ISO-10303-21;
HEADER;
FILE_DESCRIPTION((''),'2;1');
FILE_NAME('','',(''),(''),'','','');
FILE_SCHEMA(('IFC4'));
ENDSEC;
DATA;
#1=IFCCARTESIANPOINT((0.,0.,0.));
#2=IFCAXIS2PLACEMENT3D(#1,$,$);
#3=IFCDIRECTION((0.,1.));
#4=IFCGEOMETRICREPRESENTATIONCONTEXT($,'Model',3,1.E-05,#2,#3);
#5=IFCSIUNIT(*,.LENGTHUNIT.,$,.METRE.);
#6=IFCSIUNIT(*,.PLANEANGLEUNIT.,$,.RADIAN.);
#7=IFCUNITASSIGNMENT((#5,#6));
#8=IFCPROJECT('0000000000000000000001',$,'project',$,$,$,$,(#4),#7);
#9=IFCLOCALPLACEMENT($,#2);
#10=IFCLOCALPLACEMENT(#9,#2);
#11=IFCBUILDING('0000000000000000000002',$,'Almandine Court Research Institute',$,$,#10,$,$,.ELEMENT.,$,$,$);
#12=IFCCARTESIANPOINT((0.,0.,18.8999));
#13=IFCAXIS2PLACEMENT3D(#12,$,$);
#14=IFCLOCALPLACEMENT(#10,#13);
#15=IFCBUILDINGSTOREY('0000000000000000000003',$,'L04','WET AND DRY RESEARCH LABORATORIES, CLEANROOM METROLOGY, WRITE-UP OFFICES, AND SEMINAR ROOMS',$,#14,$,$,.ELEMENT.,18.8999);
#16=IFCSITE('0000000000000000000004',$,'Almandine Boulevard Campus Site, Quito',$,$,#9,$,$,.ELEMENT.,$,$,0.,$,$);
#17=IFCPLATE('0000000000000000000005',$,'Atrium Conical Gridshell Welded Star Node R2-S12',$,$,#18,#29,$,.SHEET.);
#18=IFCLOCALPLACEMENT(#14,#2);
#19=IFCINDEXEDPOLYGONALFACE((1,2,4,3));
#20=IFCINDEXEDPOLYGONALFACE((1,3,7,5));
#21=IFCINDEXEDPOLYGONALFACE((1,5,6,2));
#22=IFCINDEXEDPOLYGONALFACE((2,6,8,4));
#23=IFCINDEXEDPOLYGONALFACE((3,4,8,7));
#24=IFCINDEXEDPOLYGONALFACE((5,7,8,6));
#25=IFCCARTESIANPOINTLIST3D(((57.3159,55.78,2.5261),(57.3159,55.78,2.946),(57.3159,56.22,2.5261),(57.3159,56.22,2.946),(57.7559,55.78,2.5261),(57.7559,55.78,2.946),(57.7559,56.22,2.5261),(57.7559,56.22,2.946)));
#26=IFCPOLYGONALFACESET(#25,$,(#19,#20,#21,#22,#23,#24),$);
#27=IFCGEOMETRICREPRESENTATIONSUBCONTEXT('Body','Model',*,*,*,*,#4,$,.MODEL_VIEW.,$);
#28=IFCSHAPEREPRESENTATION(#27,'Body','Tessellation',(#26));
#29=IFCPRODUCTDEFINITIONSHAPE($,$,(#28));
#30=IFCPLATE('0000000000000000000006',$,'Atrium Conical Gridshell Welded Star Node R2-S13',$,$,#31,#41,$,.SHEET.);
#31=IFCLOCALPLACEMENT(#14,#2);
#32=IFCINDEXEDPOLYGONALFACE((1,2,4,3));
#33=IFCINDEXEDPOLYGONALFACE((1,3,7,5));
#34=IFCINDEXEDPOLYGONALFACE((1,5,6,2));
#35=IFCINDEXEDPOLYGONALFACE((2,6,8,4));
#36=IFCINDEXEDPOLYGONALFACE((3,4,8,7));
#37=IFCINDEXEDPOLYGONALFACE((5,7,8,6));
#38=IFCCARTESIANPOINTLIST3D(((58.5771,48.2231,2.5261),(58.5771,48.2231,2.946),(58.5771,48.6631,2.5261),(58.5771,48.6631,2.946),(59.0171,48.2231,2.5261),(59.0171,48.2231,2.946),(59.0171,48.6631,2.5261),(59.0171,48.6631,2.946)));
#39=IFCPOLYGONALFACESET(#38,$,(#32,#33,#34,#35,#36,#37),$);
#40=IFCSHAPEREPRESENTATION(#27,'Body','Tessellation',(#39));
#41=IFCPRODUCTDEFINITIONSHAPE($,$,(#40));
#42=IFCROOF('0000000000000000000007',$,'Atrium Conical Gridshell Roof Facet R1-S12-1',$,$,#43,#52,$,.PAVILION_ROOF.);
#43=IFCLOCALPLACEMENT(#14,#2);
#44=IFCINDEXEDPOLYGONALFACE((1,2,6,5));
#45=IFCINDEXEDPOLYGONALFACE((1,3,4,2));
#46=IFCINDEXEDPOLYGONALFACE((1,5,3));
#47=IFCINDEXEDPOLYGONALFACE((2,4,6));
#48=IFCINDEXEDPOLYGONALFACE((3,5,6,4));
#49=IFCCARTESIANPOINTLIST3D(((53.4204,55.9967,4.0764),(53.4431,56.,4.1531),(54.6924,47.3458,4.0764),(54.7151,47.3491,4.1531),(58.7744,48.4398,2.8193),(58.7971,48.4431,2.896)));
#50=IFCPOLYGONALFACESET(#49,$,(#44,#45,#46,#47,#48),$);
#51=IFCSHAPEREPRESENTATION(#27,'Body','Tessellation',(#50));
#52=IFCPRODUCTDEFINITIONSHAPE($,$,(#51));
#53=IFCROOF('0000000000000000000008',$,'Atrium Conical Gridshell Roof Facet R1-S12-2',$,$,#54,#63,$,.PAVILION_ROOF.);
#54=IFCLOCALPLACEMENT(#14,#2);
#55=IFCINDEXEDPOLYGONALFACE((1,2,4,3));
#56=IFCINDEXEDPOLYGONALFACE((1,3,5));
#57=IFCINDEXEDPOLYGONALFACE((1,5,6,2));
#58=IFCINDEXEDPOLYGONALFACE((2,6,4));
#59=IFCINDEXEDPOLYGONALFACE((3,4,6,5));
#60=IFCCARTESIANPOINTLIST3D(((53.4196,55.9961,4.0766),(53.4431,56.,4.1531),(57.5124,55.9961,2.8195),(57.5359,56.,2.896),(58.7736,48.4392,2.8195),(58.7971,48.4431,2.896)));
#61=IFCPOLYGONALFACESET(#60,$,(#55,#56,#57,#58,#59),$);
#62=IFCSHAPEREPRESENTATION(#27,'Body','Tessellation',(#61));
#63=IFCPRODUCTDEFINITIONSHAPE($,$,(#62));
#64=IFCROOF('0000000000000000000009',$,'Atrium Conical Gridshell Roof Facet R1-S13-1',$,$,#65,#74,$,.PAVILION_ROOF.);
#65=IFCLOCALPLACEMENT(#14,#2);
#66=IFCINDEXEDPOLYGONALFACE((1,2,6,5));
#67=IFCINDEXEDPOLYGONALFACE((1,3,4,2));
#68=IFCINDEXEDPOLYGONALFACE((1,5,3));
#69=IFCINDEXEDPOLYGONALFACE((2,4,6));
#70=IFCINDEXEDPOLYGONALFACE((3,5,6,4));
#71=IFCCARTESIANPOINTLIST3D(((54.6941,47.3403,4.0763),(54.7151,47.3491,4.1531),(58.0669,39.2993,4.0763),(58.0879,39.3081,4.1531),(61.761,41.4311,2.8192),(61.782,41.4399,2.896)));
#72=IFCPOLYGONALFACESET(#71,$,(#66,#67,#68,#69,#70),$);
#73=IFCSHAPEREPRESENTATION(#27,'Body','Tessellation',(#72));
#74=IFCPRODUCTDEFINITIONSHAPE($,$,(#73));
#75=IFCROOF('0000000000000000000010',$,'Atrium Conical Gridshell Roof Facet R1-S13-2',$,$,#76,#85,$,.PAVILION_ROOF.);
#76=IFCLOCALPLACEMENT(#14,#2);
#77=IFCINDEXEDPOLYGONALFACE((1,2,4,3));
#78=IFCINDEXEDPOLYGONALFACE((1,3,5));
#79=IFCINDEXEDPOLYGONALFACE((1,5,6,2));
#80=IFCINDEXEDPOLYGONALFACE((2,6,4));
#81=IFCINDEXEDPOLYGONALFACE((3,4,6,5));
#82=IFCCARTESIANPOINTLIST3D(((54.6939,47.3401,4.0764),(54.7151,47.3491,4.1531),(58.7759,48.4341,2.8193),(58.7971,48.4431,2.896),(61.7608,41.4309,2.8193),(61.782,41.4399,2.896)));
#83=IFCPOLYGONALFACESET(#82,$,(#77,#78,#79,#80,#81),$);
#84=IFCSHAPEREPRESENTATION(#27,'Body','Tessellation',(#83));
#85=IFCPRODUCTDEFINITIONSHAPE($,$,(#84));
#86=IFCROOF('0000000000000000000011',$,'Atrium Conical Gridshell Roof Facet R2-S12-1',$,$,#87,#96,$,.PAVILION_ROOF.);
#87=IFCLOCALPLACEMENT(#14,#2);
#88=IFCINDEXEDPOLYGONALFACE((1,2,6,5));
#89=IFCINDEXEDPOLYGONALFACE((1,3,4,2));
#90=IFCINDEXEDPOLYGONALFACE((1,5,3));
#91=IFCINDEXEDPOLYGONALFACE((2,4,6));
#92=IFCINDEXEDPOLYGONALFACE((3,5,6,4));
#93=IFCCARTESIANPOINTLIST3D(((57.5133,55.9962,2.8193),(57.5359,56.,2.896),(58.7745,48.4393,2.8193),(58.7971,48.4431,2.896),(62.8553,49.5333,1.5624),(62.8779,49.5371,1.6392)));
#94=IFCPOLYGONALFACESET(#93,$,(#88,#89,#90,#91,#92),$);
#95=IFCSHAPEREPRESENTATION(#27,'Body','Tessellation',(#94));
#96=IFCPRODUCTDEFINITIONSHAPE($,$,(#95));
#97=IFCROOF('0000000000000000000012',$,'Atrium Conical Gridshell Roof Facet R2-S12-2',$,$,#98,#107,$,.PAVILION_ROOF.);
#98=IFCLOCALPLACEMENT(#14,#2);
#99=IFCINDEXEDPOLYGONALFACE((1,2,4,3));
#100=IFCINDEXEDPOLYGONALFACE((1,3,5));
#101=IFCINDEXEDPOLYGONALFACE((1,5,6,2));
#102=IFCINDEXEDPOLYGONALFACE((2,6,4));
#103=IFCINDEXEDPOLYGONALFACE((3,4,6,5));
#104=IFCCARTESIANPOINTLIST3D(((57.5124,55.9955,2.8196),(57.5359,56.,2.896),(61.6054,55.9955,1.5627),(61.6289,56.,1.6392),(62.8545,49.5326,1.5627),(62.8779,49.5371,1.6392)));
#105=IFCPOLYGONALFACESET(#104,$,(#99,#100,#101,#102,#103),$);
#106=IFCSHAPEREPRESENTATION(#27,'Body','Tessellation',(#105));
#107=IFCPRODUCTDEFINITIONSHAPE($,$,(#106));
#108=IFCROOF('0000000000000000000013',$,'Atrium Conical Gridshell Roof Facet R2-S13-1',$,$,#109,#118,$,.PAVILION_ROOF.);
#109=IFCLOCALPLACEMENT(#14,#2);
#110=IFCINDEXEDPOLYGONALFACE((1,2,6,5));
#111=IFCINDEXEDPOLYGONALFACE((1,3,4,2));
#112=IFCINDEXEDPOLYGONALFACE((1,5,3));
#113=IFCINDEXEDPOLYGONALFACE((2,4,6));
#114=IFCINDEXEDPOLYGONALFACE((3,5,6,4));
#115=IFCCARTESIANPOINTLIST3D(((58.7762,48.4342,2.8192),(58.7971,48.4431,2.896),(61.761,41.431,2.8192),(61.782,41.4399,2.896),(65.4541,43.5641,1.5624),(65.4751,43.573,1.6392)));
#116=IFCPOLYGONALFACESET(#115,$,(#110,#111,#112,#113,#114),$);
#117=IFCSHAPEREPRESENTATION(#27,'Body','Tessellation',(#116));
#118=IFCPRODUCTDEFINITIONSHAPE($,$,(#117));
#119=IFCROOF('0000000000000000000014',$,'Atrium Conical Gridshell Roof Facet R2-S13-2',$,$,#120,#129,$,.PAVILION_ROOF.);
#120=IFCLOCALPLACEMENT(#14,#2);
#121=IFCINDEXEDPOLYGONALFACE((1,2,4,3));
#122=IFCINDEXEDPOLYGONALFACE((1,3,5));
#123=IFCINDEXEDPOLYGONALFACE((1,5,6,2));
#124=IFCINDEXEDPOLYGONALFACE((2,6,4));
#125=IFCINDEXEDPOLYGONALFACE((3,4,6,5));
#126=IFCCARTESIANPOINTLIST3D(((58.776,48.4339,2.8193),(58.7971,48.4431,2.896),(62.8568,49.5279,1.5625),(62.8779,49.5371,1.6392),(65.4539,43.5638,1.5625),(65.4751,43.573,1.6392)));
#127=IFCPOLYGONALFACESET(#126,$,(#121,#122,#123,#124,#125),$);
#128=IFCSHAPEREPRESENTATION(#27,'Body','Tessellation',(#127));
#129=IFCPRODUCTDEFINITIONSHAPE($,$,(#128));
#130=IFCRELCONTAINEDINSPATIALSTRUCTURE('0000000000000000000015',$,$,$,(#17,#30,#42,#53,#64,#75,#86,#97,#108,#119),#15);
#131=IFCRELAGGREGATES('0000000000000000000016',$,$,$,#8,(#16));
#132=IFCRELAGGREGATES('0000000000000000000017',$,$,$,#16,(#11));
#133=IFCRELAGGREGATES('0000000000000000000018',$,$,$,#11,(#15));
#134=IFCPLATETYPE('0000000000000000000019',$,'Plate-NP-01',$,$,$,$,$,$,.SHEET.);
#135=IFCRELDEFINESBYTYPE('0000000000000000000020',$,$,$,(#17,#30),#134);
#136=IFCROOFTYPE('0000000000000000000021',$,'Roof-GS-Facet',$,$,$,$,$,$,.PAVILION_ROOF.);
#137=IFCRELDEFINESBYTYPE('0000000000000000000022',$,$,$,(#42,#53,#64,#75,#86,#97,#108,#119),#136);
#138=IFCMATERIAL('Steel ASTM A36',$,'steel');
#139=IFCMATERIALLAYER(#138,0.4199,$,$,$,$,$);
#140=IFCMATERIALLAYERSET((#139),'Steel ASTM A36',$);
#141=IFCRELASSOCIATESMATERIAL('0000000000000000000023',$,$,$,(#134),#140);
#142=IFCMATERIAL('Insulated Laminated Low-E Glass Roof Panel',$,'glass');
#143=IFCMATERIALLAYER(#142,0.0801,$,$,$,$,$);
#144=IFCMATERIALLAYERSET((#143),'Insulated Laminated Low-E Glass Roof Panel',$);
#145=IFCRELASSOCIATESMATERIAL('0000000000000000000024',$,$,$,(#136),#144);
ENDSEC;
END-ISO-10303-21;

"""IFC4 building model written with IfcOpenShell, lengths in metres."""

from ifc_helpers import new_model, si_unit, direction, frame, origin, origin_2d, place, context, subcontext, project, spatial, polyline, rectangle, outline, extrude, material, layer, layer_set, type_object, element, save


model = new_model("IFC4")

# Units and contexts
model_context = context("Model", 3, precision=1e-05, world=origin(), true_north=direction((0.0, 1.0)))
body_context = subcontext(model_context, "Body", "Model", "MODEL_VIEW")
ifc_project = project(units=[si_unit("LENGTHUNIT", "METRE"), si_unit("PLANEANGLEUNIT", "RADIAN")], contexts=[model_context])

# Site, building, storey
site_placement = place(None, origin())
site = spatial("IfcSite", under=ifc_project, at=site_placement, Name="Almandine Boulevard Campus Site, Quito", CompositionType="ELEMENT", RefElevation=0.0)
building_placement = place(site_placement, origin())
building = spatial("IfcBuilding", under=site, at=building_placement, Name="Almandine Court Research Institute", CompositionType="ELEMENT")
storey_placement = place(building_placement, frame((0.0, 0.0, 18.8999)))
storey = spatial("IfcBuildingStorey", under=building, at=storey_placement, Name="L04", Description="WET AND DRY RESEARCH LABORATORIES, CLEANROOM METROLOGY, WRITE-UP OFFICES, AND SEMINAR ROOMS", CompositionType="ELEMENT", Elevation=18.8999)

# Plates
ifc_material_1 = material(Name="Steel ASTM A36", Category="steel")
ifc_layer_1 = layer(ifc_material_1, 0.4199)
ifc_layer_set_1 = layer_set([ifc_layer_1], Name="Steel ASTM A36")
plate_type = type_object("IfcPlateType", Name="Plate-NP-01", PredefinedType="SHEET", material=ifc_layer_set_1)
for number, where, z_axis, x_axis, name in (
    (1, (57.5359, 56.0, 2.5261), (0.0, 0.0, 1.0), (1.0, 0.0, 0.0), "Atrium Conical Gridshell Welded Star Node R2-S12"),
    (2, (58.7971, 48.4431, 2.5261), (0.0, 0.0, 1.0), (1.0, 0.0, 0.0), "Atrium Conical Gridshell Welded Star Node R2-S13"),
):
    element("IfcPlate", number, at=place(storey_placement, frame(where, z_axis=z_axis, x_axis=x_axis)), inside=storey, type_object=plate_type, Name=name, PredefinedType="SHEET", context=body_context, shape_type="SweptSolid", body=[
        extrude(rectangle(XDim=0.4399, YDim=0.4399, at=origin_2d()), origin(), (0.0, 0.0, 1.0), 0.4199),
    ])

# Roofs
ifc_material_2 = material(Name="Insulated Laminated Low-E Glass Roof Panel", Category="glass")
ifc_layer_2 = layer(ifc_material_2, 0.0801)
ifc_layer_set_2 = layer_set([ifc_layer_2], Name="Insulated Laminated Low-E Glass Roof Panel")
roof_type = type_object("IfcRoofType", Name="Roof-GS-Facet", PredefinedType="PAVILION_ROOF", material=ifc_layer_set_2)
roof_1_placement = place(storey_placement, frame((53.4431, 56.0, 4.1531), z_axis=(0.283826, 0.041732, 0.957967), x_axis=(0.14547, -0.989363, 0.0)))
element("IfcRoof", 3, at=roof_1_placement, inside=storey, type_object=roof_type, Name="Atrium Conical Gridshell Roof Facet R1-S12-1", PredefinedType="PAVILION_ROOF", context=body_context, shape_type="SweptSolid", body=[
    extrude(outline(polyline([(0.0, 0.0), (8.7439, 0.0), (8.2553, 4.3819), (0.0, 0.0)])), origin(), (0.0, 0.0, -1.0), 0.0801),
])
roof_2_placement = place(storey_placement, frame((53.4431, 56.0, 4.1531), z_axis=(0.293257, 0.048944, 0.95478), x_axis=(0.572851, -0.808549, -0.134501)))
element("IfcRoof", 4, at=roof_2_placement, inside=storey, type_object=roof_type, Name="Atrium Conical Gridshell Roof Facet R1-S12-2", PredefinedType="PAVILION_ROOF", context=body_context, shape_type="SweptSolid", body=[
    extrude(outline(polyline([(0.0, 0.0), (9.3462, 0.0), (2.5136, 3.4659), (0.0, 0.0)])), origin(), (0.0, 0.0, -1.0), 0.0801),
])
roof_3_placement = place(storey_placement, frame((54.7151, 47.3491, 4.1531), z_axis=(0.26263, 0.11016, 0.958588), x_axis=(0.386801, -0.922163, 0.0)))
element("IfcRoof", 5, at=roof_3_placement, inside=storey, type_object=roof_type, Name="Atrium Conical Gridshell Roof Facet R1-S13-1", PredefinedType="PAVILION_ROOF", context=body_context, shape_type="SweptSolid", body=[
    extrude(outline(polyline([(0.0, 0.0), (8.7197, 0.0), (8.1827, 4.4139), (0.0, 0.0)])), origin(), (0.0, 0.0, -1.0), 0.0801),
])
roof_4_placement = place(storey_placement, frame((54.7151, 47.3491, 4.1531), z_axis=(0.264696, 0.112818, 0.95771), x_axis=(0.760102, -0.635581, -0.135209)))
element("IfcRoof", 6, at=roof_4_placement, inside=storey, type_object=roof_type, Name="Atrium Conical Gridshell Roof Facet R1-S13-2", PredefinedType="PAVILION_ROOF", context=body_context, shape_type="SweptSolid", body=[
    extrude(outline(polyline([(0.0, 0.0), (9.2973, 0.0), (2.5774, 3.5773), (0.0, 0.0)])), origin(), (0.0, 0.0, -1.0), 0.0801),
])
roof_5_placement = place(storey_placement, frame((57.5359, 56.0, 2.896), z_axis=(0.282452, 0.047141, 0.958123), x_axis=(0.164621, -0.986357, 0.0)))
element("IfcRoof", 7, at=roof_5_placement, inside=storey, type_object=roof_type, Name="Atrium Conical Gridshell Roof Facet R2-S12-1", PredefinedType="PAVILION_ROOF", context=body_context, shape_type="SweptSolid", body=[
    extrude(outline(polyline([(0.0, 0.0), (7.6614, 0.0), (7.2541, 4.389), (0.0, 0.0)])), origin(), (0.0, 0.0, -1.0), 0.0801),
])
roof_6_placement = place(storey_placement, frame((57.5359, 56.0, 2.896), z_axis=(0.29307, 0.056639, 0.954412), x_axis=(0.630065, -0.762263, -0.148237)))
element("IfcRoof", 8, at=roof_6_placement, inside=storey, type_object=roof_type, Name="Atrium Conical Gridshell Roof Facet R2-S12-2", PredefinedType="PAVILION_ROOF", context=body_context, shape_type="SweptSolid", body=[
    extrude(outline(polyline([(0.0, 0.0), (8.4786, 0.0), (2.7652, 3.269), (0.0, 0.0)])), origin(), (0.0, 0.0, -1.0), 0.0801),
])
roof_7_placement = place(storey_placement, frame((58.7971, 48.4431, 2.896), z_axis=(0.261799, 0.111583, 0.95865), x_axis=(0.392088, -0.919928, 0.0)))
element("IfcRoof", 9, at=roof_7_placement, inside=storey, type_object=roof_type, Name="Atrium Conical Gridshell Roof Facet R2-S13-1", PredefinedType="PAVILION_ROOF", context=body_context, shape_type="SweptSolid", body=[
    extrude(outline(polyline([(0.0, 0.0), (7.6127, 0.0), (7.0985, 4.4164), (0.0, 0.0)])), origin(), (0.0, 0.0, -1.0), 0.0801),
])
roof_8_placement = place(storey_placement, frame((58.7971, 48.4431, 2.896), z_axis=(0.264101, 0.115007, 0.957614), x_axis=(0.798781, -0.582535, -0.150335)))
element("IfcRoof", 10, at=roof_8_placement, inside=storey, type_object=roof_type, Name="Atrium Conical Gridshell Roof Facet R2-S13-2", PredefinedType="PAVILION_ROOF", context=body_context, shape_type="SweptSolid", body=[
    extrude(outline(polyline([(0.0, 0.0), (8.3602, 0.0), (2.8113, 3.395), (0.0, 0.0)])), origin(), (0.0, 0.0, -1.0), 0.0801),
])

save(model, "model.ifc")
